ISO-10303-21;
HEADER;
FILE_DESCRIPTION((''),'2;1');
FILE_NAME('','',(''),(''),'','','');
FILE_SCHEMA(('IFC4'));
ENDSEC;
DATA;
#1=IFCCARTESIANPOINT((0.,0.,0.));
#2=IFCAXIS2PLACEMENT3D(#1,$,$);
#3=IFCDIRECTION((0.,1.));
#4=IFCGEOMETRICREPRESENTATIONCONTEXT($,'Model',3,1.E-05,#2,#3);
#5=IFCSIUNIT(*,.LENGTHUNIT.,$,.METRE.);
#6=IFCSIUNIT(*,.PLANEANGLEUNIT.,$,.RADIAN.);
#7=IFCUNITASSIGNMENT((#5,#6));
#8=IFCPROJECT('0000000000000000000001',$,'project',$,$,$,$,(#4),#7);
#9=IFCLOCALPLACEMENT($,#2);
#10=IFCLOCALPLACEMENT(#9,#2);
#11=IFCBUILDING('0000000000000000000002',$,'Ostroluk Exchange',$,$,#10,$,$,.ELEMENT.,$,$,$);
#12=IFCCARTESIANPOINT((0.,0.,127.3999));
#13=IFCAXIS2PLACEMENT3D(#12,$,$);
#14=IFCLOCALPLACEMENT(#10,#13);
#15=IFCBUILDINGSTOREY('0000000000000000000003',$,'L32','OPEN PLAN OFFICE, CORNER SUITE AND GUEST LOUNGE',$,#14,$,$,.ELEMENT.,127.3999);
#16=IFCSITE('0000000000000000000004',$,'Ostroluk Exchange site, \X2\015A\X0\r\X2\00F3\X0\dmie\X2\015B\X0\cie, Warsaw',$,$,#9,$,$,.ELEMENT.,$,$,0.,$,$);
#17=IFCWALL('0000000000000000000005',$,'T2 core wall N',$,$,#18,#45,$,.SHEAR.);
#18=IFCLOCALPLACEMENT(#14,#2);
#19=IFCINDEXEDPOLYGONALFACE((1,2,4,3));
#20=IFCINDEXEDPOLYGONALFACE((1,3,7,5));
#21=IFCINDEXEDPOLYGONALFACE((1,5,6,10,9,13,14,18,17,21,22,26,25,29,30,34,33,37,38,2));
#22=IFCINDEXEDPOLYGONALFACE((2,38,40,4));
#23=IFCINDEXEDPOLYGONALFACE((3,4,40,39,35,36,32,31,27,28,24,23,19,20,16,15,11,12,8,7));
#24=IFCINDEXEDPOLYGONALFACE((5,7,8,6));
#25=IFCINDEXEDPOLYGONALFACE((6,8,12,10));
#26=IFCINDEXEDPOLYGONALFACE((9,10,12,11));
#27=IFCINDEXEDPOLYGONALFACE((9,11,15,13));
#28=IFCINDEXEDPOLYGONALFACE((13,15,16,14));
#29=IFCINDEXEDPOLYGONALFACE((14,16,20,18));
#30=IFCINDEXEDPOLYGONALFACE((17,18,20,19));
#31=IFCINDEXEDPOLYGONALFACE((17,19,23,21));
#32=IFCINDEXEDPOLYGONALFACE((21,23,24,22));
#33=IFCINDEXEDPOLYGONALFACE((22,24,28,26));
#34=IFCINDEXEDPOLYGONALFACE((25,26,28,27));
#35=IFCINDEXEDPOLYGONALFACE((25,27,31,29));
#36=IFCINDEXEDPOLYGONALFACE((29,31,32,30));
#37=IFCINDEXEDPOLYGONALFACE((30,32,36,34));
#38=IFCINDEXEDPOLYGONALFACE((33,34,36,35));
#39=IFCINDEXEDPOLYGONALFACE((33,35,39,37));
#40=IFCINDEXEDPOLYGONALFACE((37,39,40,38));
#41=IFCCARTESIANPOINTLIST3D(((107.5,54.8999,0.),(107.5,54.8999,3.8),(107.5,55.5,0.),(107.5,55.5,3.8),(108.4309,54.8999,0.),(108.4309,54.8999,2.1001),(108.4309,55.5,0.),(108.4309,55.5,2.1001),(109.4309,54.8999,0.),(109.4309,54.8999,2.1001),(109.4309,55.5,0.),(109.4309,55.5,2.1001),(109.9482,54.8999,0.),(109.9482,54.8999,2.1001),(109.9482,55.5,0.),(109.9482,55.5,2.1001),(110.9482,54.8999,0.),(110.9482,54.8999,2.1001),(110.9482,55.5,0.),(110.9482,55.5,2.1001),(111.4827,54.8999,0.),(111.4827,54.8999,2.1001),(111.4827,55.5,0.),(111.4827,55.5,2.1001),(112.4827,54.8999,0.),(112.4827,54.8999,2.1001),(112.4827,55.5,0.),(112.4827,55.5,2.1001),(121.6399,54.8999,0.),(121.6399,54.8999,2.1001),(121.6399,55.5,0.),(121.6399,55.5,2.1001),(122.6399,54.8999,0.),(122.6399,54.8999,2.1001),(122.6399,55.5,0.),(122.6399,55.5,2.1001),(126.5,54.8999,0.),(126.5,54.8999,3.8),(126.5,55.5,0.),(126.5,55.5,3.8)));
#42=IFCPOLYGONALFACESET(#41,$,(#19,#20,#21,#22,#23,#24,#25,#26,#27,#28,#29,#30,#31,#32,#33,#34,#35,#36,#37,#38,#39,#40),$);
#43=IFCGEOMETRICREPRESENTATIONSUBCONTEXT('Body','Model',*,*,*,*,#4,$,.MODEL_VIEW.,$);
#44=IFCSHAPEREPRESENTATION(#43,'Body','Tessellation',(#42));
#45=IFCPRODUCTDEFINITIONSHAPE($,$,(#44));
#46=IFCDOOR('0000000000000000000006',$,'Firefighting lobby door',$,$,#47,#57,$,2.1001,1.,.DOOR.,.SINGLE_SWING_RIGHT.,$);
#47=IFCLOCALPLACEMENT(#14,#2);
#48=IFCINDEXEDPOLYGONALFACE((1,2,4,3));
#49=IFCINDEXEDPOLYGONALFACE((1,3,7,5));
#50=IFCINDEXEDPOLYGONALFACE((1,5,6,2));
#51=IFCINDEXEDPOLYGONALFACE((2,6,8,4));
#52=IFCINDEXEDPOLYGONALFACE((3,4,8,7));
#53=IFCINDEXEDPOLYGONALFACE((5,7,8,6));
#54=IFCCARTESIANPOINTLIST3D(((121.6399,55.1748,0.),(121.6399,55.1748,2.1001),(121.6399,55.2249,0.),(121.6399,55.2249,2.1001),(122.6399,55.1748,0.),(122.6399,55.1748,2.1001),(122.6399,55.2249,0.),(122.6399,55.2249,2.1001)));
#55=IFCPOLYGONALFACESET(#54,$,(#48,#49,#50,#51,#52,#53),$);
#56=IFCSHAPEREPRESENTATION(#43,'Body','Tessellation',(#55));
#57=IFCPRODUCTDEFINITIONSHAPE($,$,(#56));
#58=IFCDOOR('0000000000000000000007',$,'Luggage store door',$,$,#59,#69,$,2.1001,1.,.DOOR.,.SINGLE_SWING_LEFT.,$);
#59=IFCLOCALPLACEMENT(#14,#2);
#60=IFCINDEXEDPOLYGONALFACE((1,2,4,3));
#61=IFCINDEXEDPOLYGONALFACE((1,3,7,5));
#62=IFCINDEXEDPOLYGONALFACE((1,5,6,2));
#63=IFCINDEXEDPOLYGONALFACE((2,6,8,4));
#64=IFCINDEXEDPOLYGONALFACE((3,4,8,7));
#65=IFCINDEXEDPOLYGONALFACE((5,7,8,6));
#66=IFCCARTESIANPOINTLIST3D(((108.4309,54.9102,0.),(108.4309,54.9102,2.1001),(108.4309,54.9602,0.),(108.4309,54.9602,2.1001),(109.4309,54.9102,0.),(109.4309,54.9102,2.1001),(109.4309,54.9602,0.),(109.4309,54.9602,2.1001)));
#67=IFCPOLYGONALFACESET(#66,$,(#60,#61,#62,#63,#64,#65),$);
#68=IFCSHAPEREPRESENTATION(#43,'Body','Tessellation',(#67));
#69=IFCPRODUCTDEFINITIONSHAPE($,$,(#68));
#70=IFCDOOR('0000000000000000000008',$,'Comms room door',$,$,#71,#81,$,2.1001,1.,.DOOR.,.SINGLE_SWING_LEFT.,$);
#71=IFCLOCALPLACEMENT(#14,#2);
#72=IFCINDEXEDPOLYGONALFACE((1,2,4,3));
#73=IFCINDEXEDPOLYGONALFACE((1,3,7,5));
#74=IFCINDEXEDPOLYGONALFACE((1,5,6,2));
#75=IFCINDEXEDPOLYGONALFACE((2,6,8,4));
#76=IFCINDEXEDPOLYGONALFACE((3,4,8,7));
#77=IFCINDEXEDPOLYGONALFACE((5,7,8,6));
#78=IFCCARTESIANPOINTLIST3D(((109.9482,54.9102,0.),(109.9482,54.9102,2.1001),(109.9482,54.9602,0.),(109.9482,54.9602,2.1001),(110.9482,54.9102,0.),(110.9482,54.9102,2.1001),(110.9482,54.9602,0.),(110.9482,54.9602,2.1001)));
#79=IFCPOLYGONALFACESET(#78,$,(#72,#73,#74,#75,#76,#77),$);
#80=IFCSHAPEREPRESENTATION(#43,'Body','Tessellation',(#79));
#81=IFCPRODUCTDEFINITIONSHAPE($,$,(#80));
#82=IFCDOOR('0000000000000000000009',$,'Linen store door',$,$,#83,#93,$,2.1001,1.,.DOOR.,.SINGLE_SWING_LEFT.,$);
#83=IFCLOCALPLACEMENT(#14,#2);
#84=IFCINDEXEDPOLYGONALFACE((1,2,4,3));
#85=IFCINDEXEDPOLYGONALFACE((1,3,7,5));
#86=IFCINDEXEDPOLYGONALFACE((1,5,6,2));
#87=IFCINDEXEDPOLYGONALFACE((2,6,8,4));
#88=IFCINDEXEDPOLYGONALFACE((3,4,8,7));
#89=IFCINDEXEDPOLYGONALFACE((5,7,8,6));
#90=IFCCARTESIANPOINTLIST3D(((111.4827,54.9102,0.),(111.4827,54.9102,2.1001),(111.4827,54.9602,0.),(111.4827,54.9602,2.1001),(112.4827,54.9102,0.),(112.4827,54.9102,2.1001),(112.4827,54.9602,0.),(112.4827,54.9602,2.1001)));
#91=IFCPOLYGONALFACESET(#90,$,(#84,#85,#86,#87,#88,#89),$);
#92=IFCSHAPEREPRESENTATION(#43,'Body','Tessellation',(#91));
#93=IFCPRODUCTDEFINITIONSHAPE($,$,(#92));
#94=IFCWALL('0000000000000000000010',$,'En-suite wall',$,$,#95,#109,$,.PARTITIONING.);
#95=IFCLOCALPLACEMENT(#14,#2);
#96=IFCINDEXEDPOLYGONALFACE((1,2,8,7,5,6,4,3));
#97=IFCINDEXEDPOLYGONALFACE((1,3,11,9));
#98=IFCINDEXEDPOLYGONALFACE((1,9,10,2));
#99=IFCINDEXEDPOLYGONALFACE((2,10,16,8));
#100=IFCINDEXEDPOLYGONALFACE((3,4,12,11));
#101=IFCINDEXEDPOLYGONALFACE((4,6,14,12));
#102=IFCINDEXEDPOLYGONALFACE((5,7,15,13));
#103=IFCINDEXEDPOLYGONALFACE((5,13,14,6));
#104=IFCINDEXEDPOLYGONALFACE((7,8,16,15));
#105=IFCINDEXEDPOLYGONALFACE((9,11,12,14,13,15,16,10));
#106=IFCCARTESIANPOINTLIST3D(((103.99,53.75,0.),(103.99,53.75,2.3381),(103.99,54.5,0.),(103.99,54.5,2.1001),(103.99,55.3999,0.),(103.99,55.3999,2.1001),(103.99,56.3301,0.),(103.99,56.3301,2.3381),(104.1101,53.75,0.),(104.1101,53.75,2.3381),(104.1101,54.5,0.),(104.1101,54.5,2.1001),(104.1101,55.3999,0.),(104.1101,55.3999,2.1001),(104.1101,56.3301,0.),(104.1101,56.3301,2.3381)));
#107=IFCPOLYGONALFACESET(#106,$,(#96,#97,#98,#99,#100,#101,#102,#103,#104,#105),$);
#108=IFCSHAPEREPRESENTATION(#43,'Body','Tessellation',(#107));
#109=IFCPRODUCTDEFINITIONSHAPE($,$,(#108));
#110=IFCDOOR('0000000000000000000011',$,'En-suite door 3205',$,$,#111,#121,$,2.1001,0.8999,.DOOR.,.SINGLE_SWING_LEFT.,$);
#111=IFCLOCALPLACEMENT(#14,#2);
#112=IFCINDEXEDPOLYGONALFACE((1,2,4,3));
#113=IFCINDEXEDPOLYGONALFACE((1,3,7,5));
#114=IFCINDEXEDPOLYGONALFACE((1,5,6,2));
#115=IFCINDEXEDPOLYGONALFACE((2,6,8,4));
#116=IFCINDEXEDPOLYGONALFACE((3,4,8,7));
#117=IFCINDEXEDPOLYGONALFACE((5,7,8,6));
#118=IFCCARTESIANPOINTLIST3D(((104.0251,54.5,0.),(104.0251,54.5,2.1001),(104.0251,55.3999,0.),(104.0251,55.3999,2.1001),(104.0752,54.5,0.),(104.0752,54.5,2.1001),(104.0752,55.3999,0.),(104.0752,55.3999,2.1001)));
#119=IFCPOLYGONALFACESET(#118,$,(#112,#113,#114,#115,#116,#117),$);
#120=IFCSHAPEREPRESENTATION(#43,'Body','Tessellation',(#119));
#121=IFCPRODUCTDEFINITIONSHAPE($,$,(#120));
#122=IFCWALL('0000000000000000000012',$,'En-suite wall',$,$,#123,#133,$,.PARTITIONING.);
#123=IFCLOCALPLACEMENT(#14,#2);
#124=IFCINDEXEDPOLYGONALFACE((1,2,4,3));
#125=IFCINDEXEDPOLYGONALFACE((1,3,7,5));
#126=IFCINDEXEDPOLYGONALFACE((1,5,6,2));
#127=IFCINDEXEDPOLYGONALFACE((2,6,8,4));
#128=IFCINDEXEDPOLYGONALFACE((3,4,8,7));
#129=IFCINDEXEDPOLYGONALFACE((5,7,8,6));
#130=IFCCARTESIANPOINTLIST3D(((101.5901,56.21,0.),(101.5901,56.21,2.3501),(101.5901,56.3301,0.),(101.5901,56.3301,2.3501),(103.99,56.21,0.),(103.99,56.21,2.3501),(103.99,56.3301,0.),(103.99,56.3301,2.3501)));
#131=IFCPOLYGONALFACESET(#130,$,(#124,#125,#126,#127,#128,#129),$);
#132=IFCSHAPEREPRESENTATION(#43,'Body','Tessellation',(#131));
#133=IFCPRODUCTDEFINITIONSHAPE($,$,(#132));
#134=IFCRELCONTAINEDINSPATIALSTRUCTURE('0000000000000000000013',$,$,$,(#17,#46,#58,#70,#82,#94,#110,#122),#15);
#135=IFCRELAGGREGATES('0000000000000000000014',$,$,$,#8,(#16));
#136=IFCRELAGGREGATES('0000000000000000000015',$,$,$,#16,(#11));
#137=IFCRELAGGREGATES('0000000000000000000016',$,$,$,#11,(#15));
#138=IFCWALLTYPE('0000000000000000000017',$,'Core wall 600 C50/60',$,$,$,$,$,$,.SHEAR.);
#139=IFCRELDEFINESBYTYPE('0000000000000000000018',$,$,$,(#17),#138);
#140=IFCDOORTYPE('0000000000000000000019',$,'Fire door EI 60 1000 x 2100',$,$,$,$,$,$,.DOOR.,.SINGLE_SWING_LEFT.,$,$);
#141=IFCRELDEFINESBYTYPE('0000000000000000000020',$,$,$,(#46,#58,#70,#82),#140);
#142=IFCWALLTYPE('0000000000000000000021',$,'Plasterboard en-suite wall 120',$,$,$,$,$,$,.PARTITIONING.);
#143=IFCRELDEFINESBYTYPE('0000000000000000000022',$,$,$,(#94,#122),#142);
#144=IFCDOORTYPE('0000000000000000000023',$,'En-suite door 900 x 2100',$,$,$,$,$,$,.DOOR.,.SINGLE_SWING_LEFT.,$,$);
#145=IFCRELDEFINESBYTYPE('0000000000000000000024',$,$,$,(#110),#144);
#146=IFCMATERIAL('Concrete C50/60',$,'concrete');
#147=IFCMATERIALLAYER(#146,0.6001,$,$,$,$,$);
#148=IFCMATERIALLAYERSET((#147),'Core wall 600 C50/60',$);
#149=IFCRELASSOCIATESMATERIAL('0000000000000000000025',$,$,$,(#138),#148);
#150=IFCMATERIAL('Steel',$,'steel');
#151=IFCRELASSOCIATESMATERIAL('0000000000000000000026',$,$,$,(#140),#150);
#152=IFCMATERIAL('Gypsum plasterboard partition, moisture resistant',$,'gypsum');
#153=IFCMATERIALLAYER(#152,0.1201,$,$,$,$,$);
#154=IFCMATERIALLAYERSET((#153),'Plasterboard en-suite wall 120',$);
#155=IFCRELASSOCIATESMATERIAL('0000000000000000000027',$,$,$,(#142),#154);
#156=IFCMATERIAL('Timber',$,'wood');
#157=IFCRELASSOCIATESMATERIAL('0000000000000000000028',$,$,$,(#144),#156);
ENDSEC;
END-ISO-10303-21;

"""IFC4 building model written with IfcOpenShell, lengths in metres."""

from ifc_helpers import new_model, si_unit, direction, frame, frame_2d, origin, place, context, subcontext, project, spatial, rectangle, extrude, material, layer, layer_set, type_object, element, fill, save


model = new_model("IFC4")

# Units and contexts
model_context = context("Model", 3, precision=1e-05, world=origin(), true_north=direction((0.0, 1.0)))
body_context = subcontext(model_context, "Body", "Model", "MODEL_VIEW")
ifc_project = project(units=[si_unit("LENGTHUNIT", "METRE"), si_unit("PLANEANGLEUNIT", "RADIAN")], contexts=[model_context])

# Site, building, storey
site_placement = place(None, origin())
site = spatial("IfcSite", under=ifc_project, at=site_placement, Name="Ostroluk Exchange site, Śródmieście, Warsaw", CompositionType="ELEMENT", RefElevation=0.0)
building_placement = place(site_placement, origin())
building = spatial("IfcBuilding", under=site, at=building_placement, Name="Ostroluk Exchange", CompositionType="ELEMENT")
storey_placement = place(building_placement, frame((0.0, 0.0, 127.3999)))
storey = spatial("IfcBuildingStorey", under=building, at=storey_placement, Name="L32", Description="OPEN PLAN OFFICE, CORNER SUITE AND GUEST LOUNGE", CompositionType="ELEMENT", Elevation=127.3999)

# Wall, openings, doors
ifc_material_1 = material(Name="Concrete C50/60", Category="concrete")
ifc_layer_1 = layer(ifc_material_1, 0.6001)
ifc_layer_set_1 = layer_set([ifc_layer_1], Name="Core wall 600 C50/60")
wall_type_1 = type_object("IfcWallType", Name="Core wall 600 C50/60", PredefinedType="SHEAR", material=ifc_layer_set_1)
wall_1_placement = place(storey_placement, frame((107.5, 55.2, 0.0), z_axis=(0.0, 0.0, 1.0), x_axis=(1.0, 0.0, 0.0)))
wall_1 = element("IfcWall", 1, at=wall_1_placement, inside=storey, type_object=wall_type_1, Name="T2 core wall N", PredefinedType="SHEAR", context=body_context, shape_type="SweptSolid", body=[
    extrude(rectangle(XDim=19.0, YDim=0.6001, at=frame_2d((9.5, 0.0))), origin(), (0.0, 0.0, 1.0), 3.8),
])
opening_1_placement = place(wall_1_placement, frame((14.1399, 0.0, 0.0)))
opening_1 = element("IfcOpeningElement", 2, at=opening_1_placement, cuts=wall_1, PredefinedType="OPENING", context=body_context, shape_type="SweptSolid", body=[
    extrude(rectangle(XDim=1.0, YDim=2.1001, at=frame_2d((0.5, 1.05))), frame((0.0, 0.3101, 0.0), z_axis=(0.0, -1.0, 0.0), x_axis=(1.0, 0.0, 0.0)), (0.0, 0.0, 1.0), 0.6201),
])
opening_2_placement = place(wall_1_placement, frame((0.9309, 0.0, 0.0)))
opening_2 = element("IfcOpeningElement", 3, at=opening_2_placement, cuts=wall_1, PredefinedType="OPENING", context=body_context, shape_type="SweptSolid", body=[
    extrude(rectangle(XDim=1.0, YDim=2.1001, at=frame_2d((0.5, 1.05))), frame((0.0, 0.3101, 0.0), z_axis=(0.0, -1.0, 0.0), x_axis=(1.0, 0.0, 0.0)), (0.0, 0.0, 1.0), 0.6201),
])
opening_3_placement = place(wall_1_placement, frame((2.4482, 0.0, 0.0)))
opening_3 = element("IfcOpeningElement", 4, at=opening_3_placement, cuts=wall_1, PredefinedType="OPENING", context=body_context, shape_type="SweptSolid", body=[
    extrude(rectangle(XDim=1.0, YDim=2.1001, at=frame_2d((0.5, 1.05))), frame((0.0, 0.3101, 0.0), z_axis=(0.0, -1.0, 0.0), x_axis=(1.0, 0.0, 0.0)), (0.0, 0.0, 1.0), 0.6201),
])
opening_4_placement = place(wall_1_placement, frame((3.9827, 0.0, 0.0)))
opening_4 = element("IfcOpeningElement", 5, at=opening_4_placement, cuts=wall_1, PredefinedType="OPENING", context=body_context, shape_type="SweptSolid", body=[
    extrude(rectangle(XDim=1.0, YDim=2.1001, at=frame_2d((0.5, 1.05))), frame((0.0, 0.3101, 0.0), z_axis=(0.0, -1.0, 0.0), x_axis=(1.0, 0.0, 0.0)), (0.0, 0.0, 1.0), 0.6201),
])
ifc_material_2 = material(Name="Steel", Category="steel")
door_type_1 = type_object("IfcDoorType", Name="Fire door EI 60 1000 x 2100", OperationType="SINGLE_SWING_LEFT", PredefinedType="DOOR", material=ifc_material_2)
door_1_placement = place(opening_1_placement, origin())
door_1 = element("IfcDoor", 6, at=door_1_placement, inside=storey, type_object=door_type_1, Name="Firefighting lobby door", OperationType="SINGLE_SWING_RIGHT", OverallHeight=2.1001, OverallWidth=1.0, PredefinedType="DOOR", context=body_context, shape_type="SweptSolid", body=[
    extrude(rectangle(XDim=1.0, YDim=2.1001, at=frame_2d((0.5, 1.05))), frame((0.0, 0.0249, 0.0), z_axis=(0.0, -1.0, 0.0), x_axis=(1.0, 0.0, 0.0)), (0.0, 0.0, 1.0), 0.05),
])
fill(opening_1, door_1)
door_2_placement = place(opening_2_placement, origin())
door_2 = element("IfcDoor", 7, at=door_2_placement, inside=storey, type_object=door_type_1, Name="Luggage store door", OperationType="SINGLE_SWING_LEFT", OverallHeight=2.1001, OverallWidth=1.0, PredefinedType="DOOR", context=body_context, shape_type="SweptSolid", body=[
    extrude(rectangle(XDim=1.0, YDim=2.1001, at=frame_2d((0.5, 1.05))), frame((0.0, -0.2397, 0.0), z_axis=(0.0, -1.0, 0.0), x_axis=(1.0, 0.0, 0.0)), (0.0, 0.0, 1.0), 0.05),
])
fill(opening_2, door_2)
door_3_placement = place(opening_3_placement, origin())
door_3 = element("IfcDoor", 8, at=door_3_placement, inside=storey, type_object=door_type_1, Name="Comms room door", OperationType="SINGLE_SWING_LEFT", OverallHeight=2.1001, OverallWidth=1.0, PredefinedType="DOOR", context=body_context, shape_type="SweptSolid", body=[
    extrude(rectangle(XDim=1.0, YDim=2.1001, at=frame_2d((0.5, 1.05))), frame((0.0, -0.2397, 0.0), z_axis=(0.0, -1.0, 0.0), x_axis=(1.0, 0.0, 0.0)), (0.0, 0.0, 1.0), 0.05),
])
fill(opening_3, door_3)
door_4_placement = place(opening_4_placement, origin())
door_4 = element("IfcDoor", 9, at=door_4_placement, inside=storey, type_object=door_type_1, Name="Linen store door", OperationType="SINGLE_SWING_LEFT", OverallHeight=2.1001, OverallWidth=1.0, PredefinedType="DOOR", context=body_context, shape_type="SweptSolid", body=[
    extrude(rectangle(XDim=1.0, YDim=2.1001, at=frame_2d((0.5, 1.05))), frame((0.0, -0.2397, 0.0), z_axis=(0.0, -1.0, 0.0), x_axis=(1.0, 0.0, 0.0)), (0.0, 0.0, 1.0), 0.05),
])
fill(opening_4, door_4)

# Wall, opening, door
ifc_material_3 = material(Name="Gypsum plasterboard partition, moisture resistant", Category="gypsum")
ifc_layer_2 = layer(ifc_material_3, 0.1201)
ifc_layer_set_2 = layer_set([ifc_layer_2], Name="Plasterboard en-suite wall 120")
wall_type_2 = type_object("IfcWallType", Name="Plasterboard en-suite wall 120", PredefinedType="PARTITIONING", material=ifc_layer_set_2)
wall_2_placement = place(storey_placement, frame((104.05, 53.75, 0.0), z_axis=(0.0, 0.0, 1.0), x_axis=(0.0, 1.0, 0.0)))
wall_2 = element("IfcWall", 10, at=wall_2_placement, inside=storey, type_object=wall_type_2, Name="En-suite wall", PredefinedType="PARTITIONING", context=body_context, shape_type="SweptSolid", body=[
    extrude(rectangle(XDim=2.5801, YDim=0.1201, at=frame_2d((1.29, 0.0))), origin(), (0.0, 0.0, 1.0), 2.3381),
])
opening_5_placement = place(wall_2_placement, frame((0.75, 0.0, 0.0)))
opening_5 = element("IfcOpeningElement", 11, at=opening_5_placement, cuts=wall_2, PredefinedType="OPENING", context=body_context, shape_type="SweptSolid", body=[
    extrude(rectangle(XDim=0.8999, YDim=2.1001, at=frame_2d((0.45, 1.05))), frame((0.0, 0.0701, 0.0), z_axis=(0.0, -1.0, 0.0), x_axis=(1.0, 0.0, 0.0)), (0.0, 0.0, 1.0), 0.1401),
])
ifc_material_4 = material(Name="Timber", Category="wood")
door_type_2 = type_object("IfcDoorType", Name="En-suite door 900 x 2100", OperationType="SINGLE_SWING_LEFT", PredefinedType="DOOR", material=ifc_material_4)
door_5_placement = place(opening_5_placement, origin())
door_5 = element("IfcDoor", 12, at=door_5_placement, inside=storey, type_object=door_type_2, Name="En-suite door 3205", OperationType="SINGLE_SWING_LEFT", OverallHeight=2.1001, OverallWidth=0.8999, PredefinedType="DOOR", context=body_context, shape_type="SweptSolid", body=[
    extrude(rectangle(XDim=0.8999, YDim=2.1001, at=frame_2d((0.45, 1.05))), frame((0.0, 0.0249, 0.0), z_axis=(0.0, -1.0, 0.0), x_axis=(1.0, 0.0, 0.0)), (0.0, 0.0, 1.0), 0.05),
])
fill(opening_5, door_5)

# Wall
wall_3_placement = place(storey_placement, frame((103.99, 56.27, 0.0), z_axis=(0.0, 0.0, 1.0), x_axis=(-1.0, 0.0, 0.0)))
element("IfcWall", 13, at=wall_3_placement, inside=storey, type_object=wall_type_2, Name="En-suite wall", PredefinedType="PARTITIONING", context=body_context, shape_type="SweptSolid", body=[
    extrude(rectangle(XDim=2.3999, YDim=0.1201, at=frame_2d((1.2, 0.0))), origin(), (0.0, 0.0, 1.0), 2.3501),
])

save(model, "model.ifc")
